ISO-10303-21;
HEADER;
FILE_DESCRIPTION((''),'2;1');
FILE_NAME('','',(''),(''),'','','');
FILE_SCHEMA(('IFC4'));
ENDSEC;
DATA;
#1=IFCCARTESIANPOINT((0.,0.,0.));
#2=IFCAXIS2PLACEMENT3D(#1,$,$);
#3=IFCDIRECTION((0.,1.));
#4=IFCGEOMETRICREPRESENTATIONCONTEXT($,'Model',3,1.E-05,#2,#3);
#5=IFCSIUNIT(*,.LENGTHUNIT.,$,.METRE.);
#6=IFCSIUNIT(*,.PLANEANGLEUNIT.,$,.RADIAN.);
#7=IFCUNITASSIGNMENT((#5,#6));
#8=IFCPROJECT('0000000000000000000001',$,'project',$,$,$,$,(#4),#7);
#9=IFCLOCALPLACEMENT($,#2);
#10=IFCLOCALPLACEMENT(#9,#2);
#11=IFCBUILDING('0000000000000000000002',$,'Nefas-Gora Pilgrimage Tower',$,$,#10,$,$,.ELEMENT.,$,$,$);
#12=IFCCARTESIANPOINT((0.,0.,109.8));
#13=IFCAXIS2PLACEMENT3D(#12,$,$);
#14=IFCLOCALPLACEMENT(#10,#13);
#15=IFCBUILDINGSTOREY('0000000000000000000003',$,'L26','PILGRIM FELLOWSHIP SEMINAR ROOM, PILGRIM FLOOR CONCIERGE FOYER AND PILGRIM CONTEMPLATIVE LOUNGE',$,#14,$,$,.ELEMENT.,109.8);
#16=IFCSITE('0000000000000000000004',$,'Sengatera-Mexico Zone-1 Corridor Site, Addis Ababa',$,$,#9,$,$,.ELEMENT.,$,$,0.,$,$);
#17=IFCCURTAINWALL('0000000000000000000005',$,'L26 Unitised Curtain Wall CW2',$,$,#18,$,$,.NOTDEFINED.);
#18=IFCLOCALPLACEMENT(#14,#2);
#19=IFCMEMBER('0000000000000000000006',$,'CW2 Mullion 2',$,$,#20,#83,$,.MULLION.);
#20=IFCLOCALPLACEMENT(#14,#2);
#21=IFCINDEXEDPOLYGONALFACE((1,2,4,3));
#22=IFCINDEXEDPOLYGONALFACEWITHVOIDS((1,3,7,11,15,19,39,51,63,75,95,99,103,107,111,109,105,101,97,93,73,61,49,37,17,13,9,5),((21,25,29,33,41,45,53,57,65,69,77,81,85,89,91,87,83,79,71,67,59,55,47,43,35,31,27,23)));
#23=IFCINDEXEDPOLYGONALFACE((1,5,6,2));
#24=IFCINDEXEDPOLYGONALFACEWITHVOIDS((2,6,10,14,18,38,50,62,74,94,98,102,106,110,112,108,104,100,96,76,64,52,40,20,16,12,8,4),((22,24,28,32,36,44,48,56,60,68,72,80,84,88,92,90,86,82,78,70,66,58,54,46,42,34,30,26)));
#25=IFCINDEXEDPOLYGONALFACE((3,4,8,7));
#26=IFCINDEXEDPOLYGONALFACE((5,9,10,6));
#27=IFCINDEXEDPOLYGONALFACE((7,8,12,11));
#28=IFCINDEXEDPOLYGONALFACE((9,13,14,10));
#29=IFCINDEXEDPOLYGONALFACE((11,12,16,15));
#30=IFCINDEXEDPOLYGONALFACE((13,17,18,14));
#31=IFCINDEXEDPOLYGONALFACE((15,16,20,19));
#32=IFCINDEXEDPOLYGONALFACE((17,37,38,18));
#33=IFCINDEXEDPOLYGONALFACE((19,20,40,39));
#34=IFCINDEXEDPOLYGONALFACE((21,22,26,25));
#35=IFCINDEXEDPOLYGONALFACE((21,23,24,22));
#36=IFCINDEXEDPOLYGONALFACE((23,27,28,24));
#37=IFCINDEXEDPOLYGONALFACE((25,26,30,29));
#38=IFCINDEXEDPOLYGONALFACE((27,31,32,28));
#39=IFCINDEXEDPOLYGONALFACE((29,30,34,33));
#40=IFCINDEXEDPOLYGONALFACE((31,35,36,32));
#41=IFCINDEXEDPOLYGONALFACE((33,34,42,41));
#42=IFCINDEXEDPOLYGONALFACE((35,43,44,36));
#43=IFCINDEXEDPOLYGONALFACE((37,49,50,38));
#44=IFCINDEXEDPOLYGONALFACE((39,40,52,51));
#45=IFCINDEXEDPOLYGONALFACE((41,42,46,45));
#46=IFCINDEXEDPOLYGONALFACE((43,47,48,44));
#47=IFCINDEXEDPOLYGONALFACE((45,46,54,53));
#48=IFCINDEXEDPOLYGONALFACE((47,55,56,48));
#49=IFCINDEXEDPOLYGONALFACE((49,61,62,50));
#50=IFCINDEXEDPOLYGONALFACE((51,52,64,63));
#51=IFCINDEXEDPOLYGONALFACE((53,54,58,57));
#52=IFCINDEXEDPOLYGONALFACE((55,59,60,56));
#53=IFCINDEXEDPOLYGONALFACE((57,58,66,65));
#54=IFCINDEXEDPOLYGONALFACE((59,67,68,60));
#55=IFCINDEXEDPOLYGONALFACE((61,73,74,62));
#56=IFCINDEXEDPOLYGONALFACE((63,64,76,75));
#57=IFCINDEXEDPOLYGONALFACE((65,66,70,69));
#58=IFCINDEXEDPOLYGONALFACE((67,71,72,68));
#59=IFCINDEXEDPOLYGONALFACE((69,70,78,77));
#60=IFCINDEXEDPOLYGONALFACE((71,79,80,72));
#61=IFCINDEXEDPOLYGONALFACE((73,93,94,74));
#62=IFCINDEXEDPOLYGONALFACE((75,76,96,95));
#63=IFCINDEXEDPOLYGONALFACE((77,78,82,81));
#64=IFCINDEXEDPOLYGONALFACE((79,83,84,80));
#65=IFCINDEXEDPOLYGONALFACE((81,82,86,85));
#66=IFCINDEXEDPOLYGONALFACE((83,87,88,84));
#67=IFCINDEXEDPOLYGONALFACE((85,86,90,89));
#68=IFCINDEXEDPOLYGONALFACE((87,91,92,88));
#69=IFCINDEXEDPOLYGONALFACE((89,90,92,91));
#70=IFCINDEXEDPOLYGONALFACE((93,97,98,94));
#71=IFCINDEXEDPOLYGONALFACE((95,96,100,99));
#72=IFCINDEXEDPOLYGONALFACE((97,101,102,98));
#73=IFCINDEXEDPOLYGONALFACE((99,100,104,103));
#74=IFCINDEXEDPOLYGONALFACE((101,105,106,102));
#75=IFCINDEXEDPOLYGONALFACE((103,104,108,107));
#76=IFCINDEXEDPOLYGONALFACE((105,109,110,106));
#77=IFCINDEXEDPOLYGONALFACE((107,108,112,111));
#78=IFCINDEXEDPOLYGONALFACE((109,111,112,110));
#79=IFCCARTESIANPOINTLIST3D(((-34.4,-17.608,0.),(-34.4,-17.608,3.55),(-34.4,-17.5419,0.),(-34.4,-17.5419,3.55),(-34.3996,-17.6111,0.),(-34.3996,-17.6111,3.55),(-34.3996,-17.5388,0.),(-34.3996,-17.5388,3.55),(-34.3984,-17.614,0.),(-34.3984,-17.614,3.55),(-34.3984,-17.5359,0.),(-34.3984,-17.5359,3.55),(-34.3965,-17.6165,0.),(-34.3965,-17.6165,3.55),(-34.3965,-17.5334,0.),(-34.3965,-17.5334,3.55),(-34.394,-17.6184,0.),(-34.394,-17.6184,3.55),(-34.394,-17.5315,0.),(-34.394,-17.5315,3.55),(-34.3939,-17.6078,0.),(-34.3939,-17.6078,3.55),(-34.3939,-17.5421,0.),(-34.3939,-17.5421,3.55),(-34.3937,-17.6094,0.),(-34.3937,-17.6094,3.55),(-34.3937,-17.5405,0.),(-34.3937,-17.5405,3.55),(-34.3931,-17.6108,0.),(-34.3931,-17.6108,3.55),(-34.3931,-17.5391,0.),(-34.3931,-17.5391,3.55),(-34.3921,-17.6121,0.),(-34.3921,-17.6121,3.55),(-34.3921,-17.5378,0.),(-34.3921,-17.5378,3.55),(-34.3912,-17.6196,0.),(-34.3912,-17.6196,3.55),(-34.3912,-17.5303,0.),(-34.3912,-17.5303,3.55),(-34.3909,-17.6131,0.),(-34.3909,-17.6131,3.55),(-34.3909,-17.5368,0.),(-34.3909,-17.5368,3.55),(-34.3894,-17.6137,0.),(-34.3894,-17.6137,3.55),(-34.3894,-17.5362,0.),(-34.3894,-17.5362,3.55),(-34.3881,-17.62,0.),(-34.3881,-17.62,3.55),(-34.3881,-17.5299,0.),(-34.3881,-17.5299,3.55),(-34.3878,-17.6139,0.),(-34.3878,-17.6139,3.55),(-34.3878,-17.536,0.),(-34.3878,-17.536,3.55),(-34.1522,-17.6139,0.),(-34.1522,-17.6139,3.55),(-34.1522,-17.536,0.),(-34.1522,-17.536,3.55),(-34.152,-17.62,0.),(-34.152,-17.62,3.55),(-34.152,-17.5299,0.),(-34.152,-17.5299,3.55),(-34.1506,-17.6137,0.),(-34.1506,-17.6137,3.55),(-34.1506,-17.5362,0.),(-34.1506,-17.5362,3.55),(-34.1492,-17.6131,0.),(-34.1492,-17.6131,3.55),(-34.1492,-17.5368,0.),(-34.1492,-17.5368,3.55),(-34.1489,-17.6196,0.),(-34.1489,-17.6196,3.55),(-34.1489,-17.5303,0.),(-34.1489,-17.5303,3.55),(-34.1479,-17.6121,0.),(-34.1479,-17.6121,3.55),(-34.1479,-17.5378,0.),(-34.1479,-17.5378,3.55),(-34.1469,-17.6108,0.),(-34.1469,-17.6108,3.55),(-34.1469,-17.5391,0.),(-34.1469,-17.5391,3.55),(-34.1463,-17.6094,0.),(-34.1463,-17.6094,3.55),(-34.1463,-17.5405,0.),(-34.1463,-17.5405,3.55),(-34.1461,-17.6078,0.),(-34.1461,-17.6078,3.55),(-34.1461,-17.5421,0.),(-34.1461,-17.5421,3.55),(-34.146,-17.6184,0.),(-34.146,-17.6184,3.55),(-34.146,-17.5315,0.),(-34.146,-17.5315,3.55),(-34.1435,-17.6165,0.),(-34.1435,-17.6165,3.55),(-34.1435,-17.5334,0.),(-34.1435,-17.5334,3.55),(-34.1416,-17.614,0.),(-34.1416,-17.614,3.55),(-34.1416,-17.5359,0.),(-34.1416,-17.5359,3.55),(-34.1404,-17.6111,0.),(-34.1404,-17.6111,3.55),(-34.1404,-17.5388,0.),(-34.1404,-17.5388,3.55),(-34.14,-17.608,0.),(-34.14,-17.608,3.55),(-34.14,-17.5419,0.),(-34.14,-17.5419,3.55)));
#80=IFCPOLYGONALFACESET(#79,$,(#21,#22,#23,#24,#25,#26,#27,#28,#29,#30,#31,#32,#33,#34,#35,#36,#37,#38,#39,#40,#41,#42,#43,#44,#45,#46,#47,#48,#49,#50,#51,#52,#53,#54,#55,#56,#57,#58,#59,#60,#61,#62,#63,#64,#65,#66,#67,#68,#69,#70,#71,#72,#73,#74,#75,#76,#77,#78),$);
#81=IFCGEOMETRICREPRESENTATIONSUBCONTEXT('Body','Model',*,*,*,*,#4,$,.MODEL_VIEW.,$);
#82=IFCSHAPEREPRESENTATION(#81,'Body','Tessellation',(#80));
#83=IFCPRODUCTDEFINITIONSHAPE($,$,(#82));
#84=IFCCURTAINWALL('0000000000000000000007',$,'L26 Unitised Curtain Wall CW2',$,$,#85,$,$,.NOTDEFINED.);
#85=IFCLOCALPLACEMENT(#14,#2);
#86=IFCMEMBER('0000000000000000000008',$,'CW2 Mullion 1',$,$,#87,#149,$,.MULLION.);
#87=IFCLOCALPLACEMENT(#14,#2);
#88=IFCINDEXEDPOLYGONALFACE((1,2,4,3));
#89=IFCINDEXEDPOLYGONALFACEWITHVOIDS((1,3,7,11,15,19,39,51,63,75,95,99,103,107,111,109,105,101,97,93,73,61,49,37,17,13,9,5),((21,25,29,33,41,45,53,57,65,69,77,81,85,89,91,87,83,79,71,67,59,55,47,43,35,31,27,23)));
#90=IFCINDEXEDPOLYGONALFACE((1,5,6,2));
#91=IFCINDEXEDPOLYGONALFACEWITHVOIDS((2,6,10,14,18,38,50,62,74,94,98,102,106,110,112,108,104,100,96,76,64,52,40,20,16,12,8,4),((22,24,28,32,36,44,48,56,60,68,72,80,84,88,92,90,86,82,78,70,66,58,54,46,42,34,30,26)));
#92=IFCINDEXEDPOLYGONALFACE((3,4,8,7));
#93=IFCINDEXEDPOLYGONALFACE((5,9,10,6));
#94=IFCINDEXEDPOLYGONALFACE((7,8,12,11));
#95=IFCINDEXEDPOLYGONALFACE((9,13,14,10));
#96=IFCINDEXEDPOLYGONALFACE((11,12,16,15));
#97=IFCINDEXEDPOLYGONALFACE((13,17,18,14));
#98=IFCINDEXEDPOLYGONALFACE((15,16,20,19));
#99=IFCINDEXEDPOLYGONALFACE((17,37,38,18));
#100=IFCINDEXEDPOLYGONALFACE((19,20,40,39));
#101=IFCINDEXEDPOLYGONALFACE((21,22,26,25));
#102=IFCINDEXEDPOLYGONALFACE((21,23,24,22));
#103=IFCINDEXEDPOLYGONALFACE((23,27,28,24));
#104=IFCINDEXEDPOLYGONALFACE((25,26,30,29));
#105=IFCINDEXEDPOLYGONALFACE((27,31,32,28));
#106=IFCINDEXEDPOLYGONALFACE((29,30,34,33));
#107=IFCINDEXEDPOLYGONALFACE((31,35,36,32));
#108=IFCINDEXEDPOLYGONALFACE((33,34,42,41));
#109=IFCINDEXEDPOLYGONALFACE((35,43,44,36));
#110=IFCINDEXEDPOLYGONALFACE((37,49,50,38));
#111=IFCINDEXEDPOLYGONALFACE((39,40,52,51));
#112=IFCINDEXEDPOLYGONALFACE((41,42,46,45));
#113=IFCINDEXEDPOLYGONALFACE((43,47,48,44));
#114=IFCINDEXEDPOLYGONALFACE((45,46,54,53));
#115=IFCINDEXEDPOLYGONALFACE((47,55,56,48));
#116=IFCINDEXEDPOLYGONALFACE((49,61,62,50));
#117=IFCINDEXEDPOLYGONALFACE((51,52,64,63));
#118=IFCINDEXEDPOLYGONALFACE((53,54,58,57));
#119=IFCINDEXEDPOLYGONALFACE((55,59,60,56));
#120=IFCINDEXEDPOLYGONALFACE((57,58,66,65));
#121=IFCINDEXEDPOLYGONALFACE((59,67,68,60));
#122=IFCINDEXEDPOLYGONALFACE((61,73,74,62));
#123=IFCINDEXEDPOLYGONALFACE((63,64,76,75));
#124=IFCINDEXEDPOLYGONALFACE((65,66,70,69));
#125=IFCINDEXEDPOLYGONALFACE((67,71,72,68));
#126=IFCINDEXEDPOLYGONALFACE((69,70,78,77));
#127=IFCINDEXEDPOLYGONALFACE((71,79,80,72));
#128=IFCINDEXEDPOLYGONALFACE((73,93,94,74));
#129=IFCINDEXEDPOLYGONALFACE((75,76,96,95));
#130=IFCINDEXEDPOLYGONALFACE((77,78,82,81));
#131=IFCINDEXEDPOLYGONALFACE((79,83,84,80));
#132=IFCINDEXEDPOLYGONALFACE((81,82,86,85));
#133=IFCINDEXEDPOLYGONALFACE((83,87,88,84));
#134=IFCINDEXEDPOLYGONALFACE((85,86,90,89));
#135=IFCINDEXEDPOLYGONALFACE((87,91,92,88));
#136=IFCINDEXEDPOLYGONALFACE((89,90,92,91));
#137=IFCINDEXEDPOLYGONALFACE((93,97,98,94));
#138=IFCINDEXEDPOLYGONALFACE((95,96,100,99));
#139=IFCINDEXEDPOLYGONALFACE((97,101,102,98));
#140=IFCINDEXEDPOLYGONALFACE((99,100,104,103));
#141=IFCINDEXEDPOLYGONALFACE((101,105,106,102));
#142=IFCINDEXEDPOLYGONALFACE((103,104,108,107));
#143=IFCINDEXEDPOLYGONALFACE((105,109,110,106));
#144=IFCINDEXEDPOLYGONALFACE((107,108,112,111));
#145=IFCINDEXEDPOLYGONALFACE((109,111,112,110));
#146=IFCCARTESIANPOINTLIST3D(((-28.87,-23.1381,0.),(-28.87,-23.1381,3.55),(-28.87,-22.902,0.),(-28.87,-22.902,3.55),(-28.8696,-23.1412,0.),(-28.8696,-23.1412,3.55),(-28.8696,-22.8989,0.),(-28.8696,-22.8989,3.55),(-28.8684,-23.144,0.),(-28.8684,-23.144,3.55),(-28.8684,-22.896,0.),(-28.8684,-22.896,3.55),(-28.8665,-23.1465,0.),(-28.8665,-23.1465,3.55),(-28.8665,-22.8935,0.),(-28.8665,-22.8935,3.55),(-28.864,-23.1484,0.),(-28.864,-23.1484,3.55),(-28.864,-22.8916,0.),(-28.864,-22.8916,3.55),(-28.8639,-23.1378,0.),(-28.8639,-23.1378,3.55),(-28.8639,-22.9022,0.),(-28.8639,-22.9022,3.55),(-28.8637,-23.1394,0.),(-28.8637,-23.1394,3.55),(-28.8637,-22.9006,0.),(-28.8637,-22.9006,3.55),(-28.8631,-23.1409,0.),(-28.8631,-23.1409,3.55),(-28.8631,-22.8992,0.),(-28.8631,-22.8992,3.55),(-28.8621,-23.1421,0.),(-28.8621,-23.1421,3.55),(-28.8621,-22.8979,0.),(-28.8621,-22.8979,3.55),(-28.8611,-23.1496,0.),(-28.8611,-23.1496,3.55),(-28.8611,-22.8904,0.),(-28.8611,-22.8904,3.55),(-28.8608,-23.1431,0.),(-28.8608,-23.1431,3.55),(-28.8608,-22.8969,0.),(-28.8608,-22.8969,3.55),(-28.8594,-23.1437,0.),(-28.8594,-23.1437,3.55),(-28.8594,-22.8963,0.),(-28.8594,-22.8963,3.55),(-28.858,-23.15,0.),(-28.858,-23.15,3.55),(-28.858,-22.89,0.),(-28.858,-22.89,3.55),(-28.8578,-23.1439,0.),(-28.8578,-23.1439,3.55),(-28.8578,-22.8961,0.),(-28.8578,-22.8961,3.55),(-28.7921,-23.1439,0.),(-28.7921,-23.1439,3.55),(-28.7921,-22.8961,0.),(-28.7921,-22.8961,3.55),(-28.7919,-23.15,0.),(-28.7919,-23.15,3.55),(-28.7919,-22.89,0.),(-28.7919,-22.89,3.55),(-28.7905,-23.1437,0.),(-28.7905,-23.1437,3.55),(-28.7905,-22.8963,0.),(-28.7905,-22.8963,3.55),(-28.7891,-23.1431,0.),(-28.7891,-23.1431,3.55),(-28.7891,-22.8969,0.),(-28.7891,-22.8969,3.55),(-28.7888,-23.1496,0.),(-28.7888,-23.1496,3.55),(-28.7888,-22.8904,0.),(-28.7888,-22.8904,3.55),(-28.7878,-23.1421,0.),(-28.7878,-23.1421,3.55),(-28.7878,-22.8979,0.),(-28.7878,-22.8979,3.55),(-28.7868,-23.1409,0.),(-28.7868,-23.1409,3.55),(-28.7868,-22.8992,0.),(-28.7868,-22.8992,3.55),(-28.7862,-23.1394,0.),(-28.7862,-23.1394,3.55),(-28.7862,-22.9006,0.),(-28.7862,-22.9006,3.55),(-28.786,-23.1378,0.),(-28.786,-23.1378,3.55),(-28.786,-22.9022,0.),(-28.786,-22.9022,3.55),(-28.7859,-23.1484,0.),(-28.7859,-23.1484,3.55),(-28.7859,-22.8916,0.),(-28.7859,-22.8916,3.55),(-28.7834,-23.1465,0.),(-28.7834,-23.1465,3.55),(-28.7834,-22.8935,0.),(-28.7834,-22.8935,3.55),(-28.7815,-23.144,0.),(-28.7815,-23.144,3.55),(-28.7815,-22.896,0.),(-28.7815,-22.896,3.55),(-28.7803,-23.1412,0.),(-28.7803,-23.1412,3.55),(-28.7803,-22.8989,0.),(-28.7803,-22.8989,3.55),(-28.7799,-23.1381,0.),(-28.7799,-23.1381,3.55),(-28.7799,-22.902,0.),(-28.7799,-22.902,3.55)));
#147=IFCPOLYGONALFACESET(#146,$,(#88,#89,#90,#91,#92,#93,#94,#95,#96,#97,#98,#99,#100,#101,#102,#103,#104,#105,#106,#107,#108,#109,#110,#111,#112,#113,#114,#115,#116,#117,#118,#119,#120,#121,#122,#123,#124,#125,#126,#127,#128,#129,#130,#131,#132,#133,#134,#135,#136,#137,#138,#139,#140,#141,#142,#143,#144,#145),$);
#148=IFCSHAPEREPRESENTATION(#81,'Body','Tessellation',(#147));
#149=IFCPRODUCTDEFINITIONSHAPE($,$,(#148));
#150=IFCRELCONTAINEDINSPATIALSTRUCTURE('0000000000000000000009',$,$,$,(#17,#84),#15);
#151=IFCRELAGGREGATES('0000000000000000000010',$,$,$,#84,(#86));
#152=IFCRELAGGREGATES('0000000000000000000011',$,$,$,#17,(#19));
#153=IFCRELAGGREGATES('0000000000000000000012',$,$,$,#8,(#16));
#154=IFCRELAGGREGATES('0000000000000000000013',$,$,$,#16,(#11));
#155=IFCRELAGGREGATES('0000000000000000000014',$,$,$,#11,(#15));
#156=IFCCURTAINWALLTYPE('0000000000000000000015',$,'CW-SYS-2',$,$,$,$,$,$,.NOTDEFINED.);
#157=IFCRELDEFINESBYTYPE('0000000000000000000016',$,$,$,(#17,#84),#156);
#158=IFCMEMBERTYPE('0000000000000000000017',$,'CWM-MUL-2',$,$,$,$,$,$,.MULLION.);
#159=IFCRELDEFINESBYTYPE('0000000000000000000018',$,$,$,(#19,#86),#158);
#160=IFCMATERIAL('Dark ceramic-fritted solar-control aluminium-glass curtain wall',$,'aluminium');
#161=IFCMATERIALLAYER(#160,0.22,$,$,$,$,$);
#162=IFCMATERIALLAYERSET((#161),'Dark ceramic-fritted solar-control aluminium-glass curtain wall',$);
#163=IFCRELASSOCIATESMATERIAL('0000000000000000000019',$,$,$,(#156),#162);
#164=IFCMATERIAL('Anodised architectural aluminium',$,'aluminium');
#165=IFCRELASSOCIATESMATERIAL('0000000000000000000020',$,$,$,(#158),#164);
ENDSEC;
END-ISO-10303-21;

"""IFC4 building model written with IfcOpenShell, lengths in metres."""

from ifc_helpers import new_model, si_unit, direction, frame, origin, origin_2d, place, context, subcontext, project, spatial, hollow_rectangle, extrude, source, transform, mapped, material, layer, layer_set, material_profile, profile_set, type_object, element, aggregate, save


model = new_model("IFC4")

# Units and contexts
model_context = context("Model", 3, precision=1e-05, world=origin(), true_north=direction((0.0, 1.0)))
body_context = subcontext(model_context, "Body", "Model", "MODEL_VIEW")
ifc_project = project(units=[si_unit("LENGTHUNIT", "METRE"), si_unit("PLANEANGLEUNIT", "RADIAN")], contexts=[model_context])

# Site, building, storey
site_placement = place(None, origin())
site = spatial("IfcSite", under=ifc_project, at=site_placement, Name="Sengatera-Mexico Zone-1 Corridor Site, Addis Ababa", CompositionType="ELEMENT", RefElevation=0.0)
building_placement = place(site_placement, origin())
building = spatial("IfcBuilding", under=site, at=building_placement, Name="Nefas-Gora Pilgrimage Tower", CompositionType="ELEMENT")
storey_placement = place(building_placement, frame((0.0, 0.0, 109.8)))
storey = spatial("IfcBuildingStorey", under=building, at=storey_placement, Name="L26", Description="PILGRIM FELLOWSHIP SEMINAR ROOM, PILGRIM FLOOR CONCIERGE FOYER AND PILGRIM CONTEMPLATIVE LOUNGE", CompositionType="ELEMENT", Elevation=109.8)

# Curtain wall, member
ifc_material_1 = material(Name="Dark ceramic-fritted solar-control aluminium-glass curtain wall", Category="aluminium")
ifc_layer_1 = layer(ifc_material_1, 0.22)
ifc_layer_set_1 = layer_set([ifc_layer_1], Name="Dark ceramic-fritted solar-control aluminium-glass curtain wall")
curtain_wall_type = type_object("IfcCurtainWallType", Name="CW-SYS-2", PredefinedType="NOTDEFINED", material=ifc_layer_set_1)
curtain_wall_1_placement = place(storey_placement, origin())
curtain_wall_1 = element("IfcCurtainWall", 1, at=curtain_wall_1_placement, inside=storey, type_object=curtain_wall_type, Name="L26 Unitised Curtain Wall CW2", PredefinedType="NOTDEFINED")
ifc_material_2 = material(Name="Anodised architectural aluminium", Category="aluminium")
ifc_material_profile_1 = material_profile(ifc_material_2, hollow_rectangle(XDim=0.0901, YDim=0.26, WallThickness=0.0061, InnerFilletRadius=0.0061, OuterFilletRadius=0.012, at=origin_2d()), Name="ALU MULLION 90x260")
ifc_profile_set_1 = profile_set([ifc_material_profile_1], Name="Anodised architectural aluminium")
member_type_1 = type_object("IfcMemberType", Name="CWM-MUL-2", PredefinedType="MULLION", material=ifc_profile_set_1)
shared_shape_1 = source(origin(), body_context, "Body", "SweptSolid", [
    extrude(hollow_rectangle(XDim=0.0901, YDim=0.26, WallThickness=0.0061, InnerFilletRadius=0.0061, OuterFilletRadius=0.012, at=origin_2d()), origin(), (0.0, 0.0, 1.0), 3.55),
])
member_1_placement = place(storey_placement, frame((-34.27, -17.575, 0.0), z_axis=(0.0, 0.0, 1.0), x_axis=(0.0, -1.0, 0.0)))
member_1 = element("IfcMember", 2, at=member_1_placement, type_object=member_type_1, Name="CW2 Mullion 2", PredefinedType="MULLION", context=body_context, shape_type="MappedRepresentation", body=[
    mapped(shared_shape_1, transform((0.0, 0.0, 0.0), x_axis=(1.0, 0.0, 0.0), y_axis=(0.0, 1.0, 0.0), z_axis=(0.0, 0.0, 1.0), scale=1.0)),
])

# Curtain wall, member
curtain_wall_2_placement = place(storey_placement, origin())
curtain_wall_2 = element("IfcCurtainWall", 3, at=curtain_wall_2_placement, inside=storey, type_object=curtain_wall_type, Name="L26 Unitised Curtain Wall CW2", PredefinedType="NOTDEFINED")
member_2_placement = place(storey_placement, frame((-28.825, -23.02, 0.0), z_axis=(0.0, 0.0, 1.0), x_axis=(1.0, 0.0, 0.0)))
member_2 = element("IfcMember", 4, at=member_2_placement, type_object=member_type_1, Name="CW2 Mullion 1", PredefinedType="MULLION", context=body_context, shape_type="MappedRepresentation", body=[
    mapped(shared_shape_1, transform((0.0, 0.0, 0.0), x_axis=(1.0, 0.0, 0.0), y_axis=(0.0, 1.0, 0.0), z_axis=(0.0, 0.0, 1.0), scale=1.0)),
])
aggregate(curtain_wall_2, [member_2])

aggregate(curtain_wall_1, [member_1])

save(model, "model.ifc")
